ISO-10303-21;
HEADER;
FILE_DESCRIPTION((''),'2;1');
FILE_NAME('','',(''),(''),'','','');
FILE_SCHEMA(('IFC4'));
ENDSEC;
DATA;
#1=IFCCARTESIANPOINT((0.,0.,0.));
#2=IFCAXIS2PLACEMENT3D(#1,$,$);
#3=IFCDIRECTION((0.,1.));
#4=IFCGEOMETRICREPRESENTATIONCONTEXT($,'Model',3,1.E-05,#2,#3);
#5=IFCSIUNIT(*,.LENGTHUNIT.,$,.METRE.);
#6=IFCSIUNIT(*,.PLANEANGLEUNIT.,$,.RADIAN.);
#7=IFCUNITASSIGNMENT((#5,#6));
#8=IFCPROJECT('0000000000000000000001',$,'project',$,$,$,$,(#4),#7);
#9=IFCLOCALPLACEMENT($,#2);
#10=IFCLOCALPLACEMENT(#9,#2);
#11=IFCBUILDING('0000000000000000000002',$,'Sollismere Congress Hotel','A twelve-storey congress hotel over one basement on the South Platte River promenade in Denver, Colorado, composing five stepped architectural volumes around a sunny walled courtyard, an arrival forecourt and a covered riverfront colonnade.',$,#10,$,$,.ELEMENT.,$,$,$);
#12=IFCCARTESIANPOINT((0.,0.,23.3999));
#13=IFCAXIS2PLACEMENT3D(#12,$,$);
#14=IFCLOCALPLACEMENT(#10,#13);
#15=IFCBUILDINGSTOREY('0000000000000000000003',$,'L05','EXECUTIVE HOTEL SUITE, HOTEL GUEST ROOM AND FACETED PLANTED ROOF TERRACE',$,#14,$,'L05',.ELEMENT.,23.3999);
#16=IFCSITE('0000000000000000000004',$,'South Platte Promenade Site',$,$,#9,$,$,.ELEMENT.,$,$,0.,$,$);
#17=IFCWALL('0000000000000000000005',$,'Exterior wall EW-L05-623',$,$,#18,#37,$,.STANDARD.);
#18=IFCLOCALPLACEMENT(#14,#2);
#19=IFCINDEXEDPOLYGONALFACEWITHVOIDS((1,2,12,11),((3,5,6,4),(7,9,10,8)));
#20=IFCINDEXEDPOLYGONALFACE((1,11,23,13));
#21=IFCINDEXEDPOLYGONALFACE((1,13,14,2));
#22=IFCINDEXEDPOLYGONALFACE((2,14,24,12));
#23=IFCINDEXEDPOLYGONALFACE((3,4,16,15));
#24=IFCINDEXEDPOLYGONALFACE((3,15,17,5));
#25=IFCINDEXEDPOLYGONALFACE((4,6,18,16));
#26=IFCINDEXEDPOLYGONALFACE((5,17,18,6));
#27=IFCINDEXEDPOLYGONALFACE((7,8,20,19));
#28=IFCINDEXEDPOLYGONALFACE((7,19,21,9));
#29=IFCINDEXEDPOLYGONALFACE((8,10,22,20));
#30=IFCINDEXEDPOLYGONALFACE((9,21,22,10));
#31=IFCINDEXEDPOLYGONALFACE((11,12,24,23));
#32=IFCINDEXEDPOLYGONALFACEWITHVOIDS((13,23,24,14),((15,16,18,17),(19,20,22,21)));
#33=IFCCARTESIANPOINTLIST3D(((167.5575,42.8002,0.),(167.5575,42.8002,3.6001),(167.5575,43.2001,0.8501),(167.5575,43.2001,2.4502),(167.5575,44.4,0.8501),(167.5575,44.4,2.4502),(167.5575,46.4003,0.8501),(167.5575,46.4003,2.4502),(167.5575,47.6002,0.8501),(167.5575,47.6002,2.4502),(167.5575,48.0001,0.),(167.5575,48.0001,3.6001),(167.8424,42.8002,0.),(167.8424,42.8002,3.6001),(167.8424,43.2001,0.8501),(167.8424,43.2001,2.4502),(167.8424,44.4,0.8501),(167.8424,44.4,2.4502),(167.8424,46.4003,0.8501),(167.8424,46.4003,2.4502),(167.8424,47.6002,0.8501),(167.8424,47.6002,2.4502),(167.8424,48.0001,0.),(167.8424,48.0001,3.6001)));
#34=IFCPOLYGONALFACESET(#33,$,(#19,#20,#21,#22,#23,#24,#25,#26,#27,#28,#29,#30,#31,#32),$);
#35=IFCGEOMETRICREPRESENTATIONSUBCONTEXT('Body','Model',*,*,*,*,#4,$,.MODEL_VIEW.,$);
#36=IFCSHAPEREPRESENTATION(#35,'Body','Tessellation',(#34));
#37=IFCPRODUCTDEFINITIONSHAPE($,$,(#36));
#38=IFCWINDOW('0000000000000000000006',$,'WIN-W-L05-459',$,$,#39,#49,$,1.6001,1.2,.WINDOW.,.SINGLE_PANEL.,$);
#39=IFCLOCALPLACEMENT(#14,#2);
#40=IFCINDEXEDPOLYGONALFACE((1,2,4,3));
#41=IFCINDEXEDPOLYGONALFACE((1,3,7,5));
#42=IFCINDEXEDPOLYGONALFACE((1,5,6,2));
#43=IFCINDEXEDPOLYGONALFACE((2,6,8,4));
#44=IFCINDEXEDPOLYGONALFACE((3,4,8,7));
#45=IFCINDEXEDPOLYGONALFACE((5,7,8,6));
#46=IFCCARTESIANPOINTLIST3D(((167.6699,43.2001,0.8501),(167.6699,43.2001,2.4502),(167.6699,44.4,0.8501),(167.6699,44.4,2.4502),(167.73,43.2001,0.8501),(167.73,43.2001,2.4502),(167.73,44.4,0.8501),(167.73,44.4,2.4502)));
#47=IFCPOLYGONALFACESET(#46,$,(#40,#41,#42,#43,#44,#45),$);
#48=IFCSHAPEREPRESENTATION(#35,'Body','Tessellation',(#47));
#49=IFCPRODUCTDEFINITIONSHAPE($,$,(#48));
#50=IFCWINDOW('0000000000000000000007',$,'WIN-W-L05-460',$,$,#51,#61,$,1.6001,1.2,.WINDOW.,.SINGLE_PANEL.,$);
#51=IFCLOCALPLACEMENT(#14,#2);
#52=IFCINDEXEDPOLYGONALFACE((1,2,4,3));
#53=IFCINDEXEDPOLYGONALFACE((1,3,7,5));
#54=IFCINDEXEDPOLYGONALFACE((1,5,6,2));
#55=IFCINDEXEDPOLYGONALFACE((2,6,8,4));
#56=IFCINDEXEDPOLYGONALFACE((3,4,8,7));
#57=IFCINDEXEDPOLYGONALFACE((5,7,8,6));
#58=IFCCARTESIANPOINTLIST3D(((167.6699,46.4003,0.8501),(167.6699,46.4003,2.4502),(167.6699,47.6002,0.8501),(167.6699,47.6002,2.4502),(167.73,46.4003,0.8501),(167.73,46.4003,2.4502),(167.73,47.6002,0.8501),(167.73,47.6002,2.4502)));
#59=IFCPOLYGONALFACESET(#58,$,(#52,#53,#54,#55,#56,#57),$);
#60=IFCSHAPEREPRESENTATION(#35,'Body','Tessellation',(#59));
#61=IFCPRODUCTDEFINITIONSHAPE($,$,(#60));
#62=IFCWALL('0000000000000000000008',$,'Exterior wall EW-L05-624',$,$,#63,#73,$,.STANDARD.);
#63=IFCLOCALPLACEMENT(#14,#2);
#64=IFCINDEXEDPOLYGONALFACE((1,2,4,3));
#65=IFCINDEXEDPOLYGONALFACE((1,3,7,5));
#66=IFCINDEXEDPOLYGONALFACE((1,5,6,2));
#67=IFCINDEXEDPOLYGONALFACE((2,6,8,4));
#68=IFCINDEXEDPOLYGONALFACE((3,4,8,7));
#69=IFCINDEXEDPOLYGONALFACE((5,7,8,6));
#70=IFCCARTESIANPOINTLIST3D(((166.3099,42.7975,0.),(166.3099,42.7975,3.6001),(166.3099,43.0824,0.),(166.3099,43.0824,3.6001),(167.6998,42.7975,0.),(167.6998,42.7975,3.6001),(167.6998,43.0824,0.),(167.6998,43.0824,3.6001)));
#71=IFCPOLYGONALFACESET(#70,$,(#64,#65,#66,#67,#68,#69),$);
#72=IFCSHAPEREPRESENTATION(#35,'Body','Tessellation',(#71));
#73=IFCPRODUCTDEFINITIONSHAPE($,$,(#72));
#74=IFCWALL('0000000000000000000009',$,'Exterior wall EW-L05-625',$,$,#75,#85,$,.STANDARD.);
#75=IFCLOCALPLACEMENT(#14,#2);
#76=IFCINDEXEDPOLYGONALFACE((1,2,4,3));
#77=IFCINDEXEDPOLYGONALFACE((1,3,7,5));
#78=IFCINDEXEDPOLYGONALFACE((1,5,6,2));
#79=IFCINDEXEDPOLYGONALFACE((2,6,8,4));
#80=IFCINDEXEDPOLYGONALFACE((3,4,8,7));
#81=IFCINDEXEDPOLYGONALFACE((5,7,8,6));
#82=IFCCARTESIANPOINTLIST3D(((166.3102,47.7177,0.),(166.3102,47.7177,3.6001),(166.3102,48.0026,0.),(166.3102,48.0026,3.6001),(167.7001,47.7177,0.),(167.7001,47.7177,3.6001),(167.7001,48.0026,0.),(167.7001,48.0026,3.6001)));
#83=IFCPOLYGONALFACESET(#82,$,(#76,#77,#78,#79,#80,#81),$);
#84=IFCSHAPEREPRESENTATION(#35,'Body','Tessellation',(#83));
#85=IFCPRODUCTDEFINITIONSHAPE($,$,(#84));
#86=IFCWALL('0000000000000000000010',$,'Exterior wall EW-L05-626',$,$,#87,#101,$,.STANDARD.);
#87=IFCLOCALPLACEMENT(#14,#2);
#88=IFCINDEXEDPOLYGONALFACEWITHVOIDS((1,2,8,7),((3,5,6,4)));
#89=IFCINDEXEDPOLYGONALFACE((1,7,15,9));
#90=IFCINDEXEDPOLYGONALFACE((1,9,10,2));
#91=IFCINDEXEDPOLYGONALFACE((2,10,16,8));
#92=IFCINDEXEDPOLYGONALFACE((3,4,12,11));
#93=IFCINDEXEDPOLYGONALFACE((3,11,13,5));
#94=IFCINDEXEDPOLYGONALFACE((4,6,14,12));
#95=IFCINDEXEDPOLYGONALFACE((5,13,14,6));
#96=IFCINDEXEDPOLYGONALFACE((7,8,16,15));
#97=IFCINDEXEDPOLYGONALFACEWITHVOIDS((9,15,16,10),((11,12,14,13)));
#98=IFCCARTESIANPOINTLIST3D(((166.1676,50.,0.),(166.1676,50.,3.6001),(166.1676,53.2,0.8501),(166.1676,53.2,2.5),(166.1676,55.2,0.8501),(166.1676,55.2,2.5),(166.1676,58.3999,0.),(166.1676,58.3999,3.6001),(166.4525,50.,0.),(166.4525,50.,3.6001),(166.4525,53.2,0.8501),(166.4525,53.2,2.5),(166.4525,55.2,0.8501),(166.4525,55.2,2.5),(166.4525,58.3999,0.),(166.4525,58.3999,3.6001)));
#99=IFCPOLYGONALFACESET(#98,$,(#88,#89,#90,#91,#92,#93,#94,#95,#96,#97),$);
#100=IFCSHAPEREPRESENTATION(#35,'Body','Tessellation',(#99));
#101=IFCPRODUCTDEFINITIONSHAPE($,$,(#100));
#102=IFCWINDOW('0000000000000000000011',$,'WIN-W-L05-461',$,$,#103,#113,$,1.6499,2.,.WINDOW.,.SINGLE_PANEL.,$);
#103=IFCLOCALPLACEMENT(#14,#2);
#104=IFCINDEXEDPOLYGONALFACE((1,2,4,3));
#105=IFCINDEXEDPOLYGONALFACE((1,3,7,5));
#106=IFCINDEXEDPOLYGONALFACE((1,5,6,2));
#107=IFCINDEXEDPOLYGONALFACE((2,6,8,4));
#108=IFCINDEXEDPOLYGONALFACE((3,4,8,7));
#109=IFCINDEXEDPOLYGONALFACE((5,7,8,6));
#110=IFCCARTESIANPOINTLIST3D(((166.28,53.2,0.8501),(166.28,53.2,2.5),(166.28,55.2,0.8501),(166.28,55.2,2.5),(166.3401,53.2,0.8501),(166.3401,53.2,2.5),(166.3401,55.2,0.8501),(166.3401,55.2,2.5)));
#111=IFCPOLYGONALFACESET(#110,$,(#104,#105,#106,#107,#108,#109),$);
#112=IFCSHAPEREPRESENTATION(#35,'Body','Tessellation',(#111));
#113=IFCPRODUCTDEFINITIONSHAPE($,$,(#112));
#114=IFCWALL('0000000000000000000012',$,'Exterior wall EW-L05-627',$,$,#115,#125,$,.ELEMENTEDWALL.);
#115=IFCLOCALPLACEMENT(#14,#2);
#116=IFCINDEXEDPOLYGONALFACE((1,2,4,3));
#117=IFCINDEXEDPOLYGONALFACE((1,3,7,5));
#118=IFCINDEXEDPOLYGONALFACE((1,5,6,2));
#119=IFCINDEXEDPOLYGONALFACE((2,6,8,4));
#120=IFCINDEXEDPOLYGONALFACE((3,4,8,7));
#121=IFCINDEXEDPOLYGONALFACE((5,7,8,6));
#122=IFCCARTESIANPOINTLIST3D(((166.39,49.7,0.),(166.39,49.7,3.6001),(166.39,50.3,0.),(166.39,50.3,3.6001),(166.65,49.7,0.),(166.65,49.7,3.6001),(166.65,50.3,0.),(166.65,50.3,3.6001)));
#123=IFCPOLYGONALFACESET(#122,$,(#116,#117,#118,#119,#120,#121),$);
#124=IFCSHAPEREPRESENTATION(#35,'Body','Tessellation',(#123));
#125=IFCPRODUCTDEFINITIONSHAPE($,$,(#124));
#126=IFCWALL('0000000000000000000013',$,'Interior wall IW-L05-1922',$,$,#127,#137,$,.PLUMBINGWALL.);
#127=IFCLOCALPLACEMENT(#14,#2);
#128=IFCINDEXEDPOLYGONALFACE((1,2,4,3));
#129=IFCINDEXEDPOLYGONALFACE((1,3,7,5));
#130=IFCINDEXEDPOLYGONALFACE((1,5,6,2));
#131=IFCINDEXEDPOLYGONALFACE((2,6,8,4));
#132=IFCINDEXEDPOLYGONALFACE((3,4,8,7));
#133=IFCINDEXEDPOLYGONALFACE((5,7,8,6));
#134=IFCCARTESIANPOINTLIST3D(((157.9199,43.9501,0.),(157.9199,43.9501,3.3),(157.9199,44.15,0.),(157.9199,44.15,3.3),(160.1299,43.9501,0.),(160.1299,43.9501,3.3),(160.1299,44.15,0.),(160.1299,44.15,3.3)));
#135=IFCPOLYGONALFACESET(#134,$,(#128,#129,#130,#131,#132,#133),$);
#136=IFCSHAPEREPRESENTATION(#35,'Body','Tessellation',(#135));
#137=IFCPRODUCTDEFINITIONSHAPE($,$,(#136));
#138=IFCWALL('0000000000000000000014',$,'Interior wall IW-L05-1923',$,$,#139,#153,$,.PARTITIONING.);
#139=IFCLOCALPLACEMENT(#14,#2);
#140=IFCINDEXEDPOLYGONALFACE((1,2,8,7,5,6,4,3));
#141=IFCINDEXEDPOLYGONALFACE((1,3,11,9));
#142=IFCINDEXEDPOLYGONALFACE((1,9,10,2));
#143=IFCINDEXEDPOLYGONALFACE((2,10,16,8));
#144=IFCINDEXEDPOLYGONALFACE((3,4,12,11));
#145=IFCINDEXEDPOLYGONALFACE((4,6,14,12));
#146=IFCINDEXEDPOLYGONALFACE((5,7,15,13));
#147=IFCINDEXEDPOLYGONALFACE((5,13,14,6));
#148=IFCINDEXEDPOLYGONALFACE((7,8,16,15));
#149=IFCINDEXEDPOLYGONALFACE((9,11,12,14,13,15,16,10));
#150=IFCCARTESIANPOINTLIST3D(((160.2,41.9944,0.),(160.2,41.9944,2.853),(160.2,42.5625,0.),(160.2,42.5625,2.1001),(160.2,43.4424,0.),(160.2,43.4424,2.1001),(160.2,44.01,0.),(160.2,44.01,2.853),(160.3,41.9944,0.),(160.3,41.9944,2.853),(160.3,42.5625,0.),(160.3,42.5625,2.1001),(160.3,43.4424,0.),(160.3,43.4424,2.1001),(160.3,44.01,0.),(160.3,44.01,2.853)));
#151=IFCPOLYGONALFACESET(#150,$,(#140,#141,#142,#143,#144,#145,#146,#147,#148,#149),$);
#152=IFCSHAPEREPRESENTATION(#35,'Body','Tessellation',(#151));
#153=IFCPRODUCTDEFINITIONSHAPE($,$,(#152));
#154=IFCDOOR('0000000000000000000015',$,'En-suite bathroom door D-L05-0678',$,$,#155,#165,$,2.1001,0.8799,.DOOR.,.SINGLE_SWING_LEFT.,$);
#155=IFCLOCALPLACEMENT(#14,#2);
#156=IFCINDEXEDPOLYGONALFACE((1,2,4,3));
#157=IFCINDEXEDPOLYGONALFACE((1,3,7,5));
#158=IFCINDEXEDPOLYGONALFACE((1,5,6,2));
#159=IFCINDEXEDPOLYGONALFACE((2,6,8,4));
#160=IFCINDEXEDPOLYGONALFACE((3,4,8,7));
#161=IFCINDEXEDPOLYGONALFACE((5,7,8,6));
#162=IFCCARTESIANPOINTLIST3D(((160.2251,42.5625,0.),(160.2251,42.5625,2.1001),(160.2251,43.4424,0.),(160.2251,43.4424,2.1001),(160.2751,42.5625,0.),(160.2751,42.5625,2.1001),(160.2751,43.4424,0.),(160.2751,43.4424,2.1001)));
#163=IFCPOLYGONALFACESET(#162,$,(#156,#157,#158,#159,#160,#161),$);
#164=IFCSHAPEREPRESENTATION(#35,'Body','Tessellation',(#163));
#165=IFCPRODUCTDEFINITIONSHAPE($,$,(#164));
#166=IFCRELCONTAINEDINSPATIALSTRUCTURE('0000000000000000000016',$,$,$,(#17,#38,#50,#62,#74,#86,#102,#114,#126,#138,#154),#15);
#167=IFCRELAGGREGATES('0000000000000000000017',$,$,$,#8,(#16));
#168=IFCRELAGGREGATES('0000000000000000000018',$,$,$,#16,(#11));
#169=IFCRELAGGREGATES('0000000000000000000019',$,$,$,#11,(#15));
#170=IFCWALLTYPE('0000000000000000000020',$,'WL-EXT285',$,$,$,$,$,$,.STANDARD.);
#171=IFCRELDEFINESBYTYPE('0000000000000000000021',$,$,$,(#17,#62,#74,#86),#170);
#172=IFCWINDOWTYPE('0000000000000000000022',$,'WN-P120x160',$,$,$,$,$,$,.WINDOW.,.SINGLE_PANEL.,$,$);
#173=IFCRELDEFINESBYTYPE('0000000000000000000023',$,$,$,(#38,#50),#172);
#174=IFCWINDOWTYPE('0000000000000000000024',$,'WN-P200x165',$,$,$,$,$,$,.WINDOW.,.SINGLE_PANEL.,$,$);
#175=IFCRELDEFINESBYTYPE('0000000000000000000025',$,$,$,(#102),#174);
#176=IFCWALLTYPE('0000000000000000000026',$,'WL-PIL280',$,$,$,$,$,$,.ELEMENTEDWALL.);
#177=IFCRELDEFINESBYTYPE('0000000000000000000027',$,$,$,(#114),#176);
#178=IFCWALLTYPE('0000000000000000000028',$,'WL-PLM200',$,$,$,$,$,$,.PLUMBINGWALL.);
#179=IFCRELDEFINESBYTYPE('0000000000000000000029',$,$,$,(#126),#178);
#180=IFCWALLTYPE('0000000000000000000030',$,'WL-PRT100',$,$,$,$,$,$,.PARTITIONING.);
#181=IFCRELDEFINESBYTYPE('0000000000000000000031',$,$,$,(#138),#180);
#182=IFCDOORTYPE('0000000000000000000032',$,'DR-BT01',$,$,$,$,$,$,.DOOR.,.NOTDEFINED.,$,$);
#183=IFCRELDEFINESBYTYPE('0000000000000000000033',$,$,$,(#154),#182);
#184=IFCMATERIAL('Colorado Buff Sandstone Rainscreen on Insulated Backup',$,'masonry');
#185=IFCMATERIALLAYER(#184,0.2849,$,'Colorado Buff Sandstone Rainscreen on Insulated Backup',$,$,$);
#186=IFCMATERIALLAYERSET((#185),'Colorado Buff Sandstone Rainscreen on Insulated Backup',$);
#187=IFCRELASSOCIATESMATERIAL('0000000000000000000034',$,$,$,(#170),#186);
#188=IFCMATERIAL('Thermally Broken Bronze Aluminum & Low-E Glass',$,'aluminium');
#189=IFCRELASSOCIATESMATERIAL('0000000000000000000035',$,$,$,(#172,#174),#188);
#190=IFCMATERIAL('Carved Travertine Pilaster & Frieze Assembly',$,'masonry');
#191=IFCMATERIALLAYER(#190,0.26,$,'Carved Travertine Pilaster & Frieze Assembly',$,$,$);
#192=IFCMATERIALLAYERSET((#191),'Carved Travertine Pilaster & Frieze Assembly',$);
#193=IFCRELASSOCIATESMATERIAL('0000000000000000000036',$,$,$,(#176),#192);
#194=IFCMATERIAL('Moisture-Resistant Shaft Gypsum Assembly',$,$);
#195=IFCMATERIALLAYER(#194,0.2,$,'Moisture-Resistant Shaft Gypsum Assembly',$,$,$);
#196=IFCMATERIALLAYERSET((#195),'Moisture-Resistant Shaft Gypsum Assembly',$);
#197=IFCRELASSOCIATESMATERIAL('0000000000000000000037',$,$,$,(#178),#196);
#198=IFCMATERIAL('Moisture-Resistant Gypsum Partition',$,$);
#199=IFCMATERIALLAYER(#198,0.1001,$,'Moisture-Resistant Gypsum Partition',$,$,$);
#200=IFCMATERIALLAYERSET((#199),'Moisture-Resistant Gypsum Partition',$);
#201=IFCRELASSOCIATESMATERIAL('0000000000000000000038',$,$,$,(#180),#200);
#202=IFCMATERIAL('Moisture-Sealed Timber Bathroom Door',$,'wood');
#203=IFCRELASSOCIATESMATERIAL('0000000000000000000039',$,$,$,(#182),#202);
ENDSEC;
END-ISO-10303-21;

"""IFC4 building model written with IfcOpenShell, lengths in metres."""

from ifc_helpers import new_model, si_unit, direction, frame, frame_2d, origin, place, context, subcontext, project, spatial, rectangle, extrude, material, layer, layer_set, type_object, element, fill, save


model = new_model("IFC4")

# Units and contexts
model_context = context("Model", 3, precision=1e-05, world=origin(), true_north=direction((0.0, 1.0)))
body_context = subcontext(model_context, "Body", "Model", "MODEL_VIEW")
ifc_project = project(units=[si_unit("LENGTHUNIT", "METRE"), si_unit("PLANEANGLEUNIT", "RADIAN")], contexts=[model_context])

# Site, building, storey
site_placement = place(None, origin())
site = spatial("IfcSite", under=ifc_project, at=site_placement, Name="South Platte Promenade Site", CompositionType="ELEMENT", RefElevation=0.0)
building_placement = place(site_placement, origin())
building = spatial("IfcBuilding", under=site, at=building_placement, Name="Sollismere Congress Hotel", Description="A twelve-storey congress hotel over one basement on the South Platte River promenade in Denver, Colorado, composing five stepped architectural volumes around a sunny walled courtyard, an arrival forecourt and a covered riverfront colonnade.", CompositionType="ELEMENT")
storey_placement = place(building_placement, frame((0.0, 0.0, 23.3999)))
storey = spatial("IfcBuildingStorey", under=building, at=storey_placement, Name="L05", Description="EXECUTIVE HOTEL SUITE, HOTEL GUEST ROOM AND FACETED PLANTED ROOF TERRACE", LongName="L05", CompositionType="ELEMENT", Elevation=23.3999)

# Shared definitions
ifc_material_1 = material(Name="Colorado Buff Sandstone Rainscreen on Insulated Backup", Category="masonry")
ifc_layer_1 = layer(ifc_material_1, 0.2849, Name="Colorado Buff Sandstone Rainscreen on Insulated Backup")
ifc_layer_set_1 = layer_set([ifc_layer_1], Name="Colorado Buff Sandstone Rainscreen on Insulated Backup")
wall_type_1 = type_object("IfcWallType", Name="WL-EXT285", PredefinedType="STANDARD", material=ifc_layer_set_1)

# Wall, openings, windows
wall_1_placement = place(storey_placement, frame((167.7, 42.8, 0.0), z_axis=(0.0, 0.0, 1.0), x_axis=(0.0, 1.0, 0.0)))
wall_1 = element("IfcWall", 1, at=wall_1_placement, inside=storey, type_object=wall_type_1, Name="Exterior wall EW-L05-623", PredefinedType="STANDARD", context=body_context, shape_type="SweptSolid", body=[
    extrude(rectangle(XDim=5.2, YDim=0.2849, at=frame_2d((2.6001, 0.0))), origin(), (0.0, 0.0, 1.0), 3.6001),
])
opening_1_placement = place(wall_1_placement, frame((0.3999, 0.0, 0.8501)))
opening_1 = element("IfcOpeningElement", 2, at=opening_1_placement, cuts=wall_1, PredefinedType="OPENING", context=body_context, shape_type="SweptSolid", body=[
    extrude(rectangle(XDim=1.2, YDim=1.6001, at=frame_2d((0.6001, 0.8))), frame((0.0, 0.1523, 0.0), z_axis=(0.0, -1.0, 0.0), x_axis=(1.0, 0.0, 0.0)), (0.0, 0.0, 1.0), 0.3049),
])
opening_2_placement = place(wall_1_placement, frame((3.6001, 0.0, 0.8501)))
opening_2 = element("IfcOpeningElement", 3, at=opening_2_placement, cuts=wall_1, PredefinedType="OPENING", context=body_context, shape_type="SweptSolid", body=[
    extrude(rectangle(XDim=1.2, YDim=1.6001, at=frame_2d((0.6001, 0.8))), frame((0.0, 0.1523, 0.0), z_axis=(0.0, -1.0, 0.0), x_axis=(1.0, 0.0, 0.0)), (0.0, 0.0, 1.0), 0.3049),
])
ifc_material_2 = material(Name="Thermally Broken Bronze Aluminum & Low-E Glass", Category="aluminium")
window_type_1 = type_object("IfcWindowType", Name="WN-P120x160", PartitioningType="SINGLE_PANEL", PredefinedType="WINDOW", material=ifc_material_2)
window_1_placement = place(opening_1_placement, origin())
window_1 = element("IfcWindow", 4, at=window_1_placement, inside=storey, type_object=window_type_1, Name="WIN-W-L05-459", OverallHeight=1.6001, OverallWidth=1.2, PartitioningType="SINGLE_PANEL", PredefinedType="WINDOW", context=body_context, shape_type="SweptSolid", body=[
    extrude(rectangle(XDim=1.2, YDim=1.6001, at=frame_2d((0.6001, 0.8))), frame((0.0, 0.03, 0.0), z_axis=(0.0, -1.0, 0.0), x_axis=(1.0, 0.0, 0.0)), (0.0, 0.0, 1.0), 0.0601),
])
fill(opening_1, window_1)
window_2_placement = place(opening_2_placement, origin())
window_2 = element("IfcWindow", 5, at=window_2_placement, inside=storey, type_object=window_type_1, Name="WIN-W-L05-460", OverallHeight=1.6001, OverallWidth=1.2, PartitioningType="SINGLE_PANEL", PredefinedType="WINDOW", context=body_context, shape_type="SweptSolid", body=[
    extrude(rectangle(XDim=1.2, YDim=1.6001, at=frame_2d((0.6001, 0.8))), frame((0.0, 0.03, 0.0), z_axis=(0.0, -1.0, 0.0), x_axis=(1.0, 0.0, 0.0)), (0.0, 0.0, 1.0), 0.0601),
])
fill(opening_2, window_2)

# Walls
for number, where, z_axis, x_axis, name in (
    (6, (166.3101, 42.9399, 0.0), (0.0, 0.0, 1.0), (1.0, 0.0, 0.0), "Exterior wall EW-L05-624"),
    (7, (167.7, 47.8601, 0.0), (0.0, 0.0, 1.0), (-1.0, 0.0, 0.0), "Exterior wall EW-L05-625"),
):
    element("IfcWall", number, at=place(storey_placement, frame(where, z_axis=z_axis, x_axis=x_axis)), inside=storey, type_object=wall_type_1, Name=name, PredefinedType="STANDARD", context=body_context, shape_type="SweptSolid", body=[
        extrude(rectangle(XDim=1.3899, YDim=0.2849, at=frame_2d((0.6948, 0.0))), origin(), (0.0, 0.0, 1.0), 3.6001),
    ])

# Wall, opening, window
wall_2_placement = place(storey_placement, frame((166.3101, 50.0, 0.0), z_axis=(0.0, 0.0, 1.0), x_axis=(0.0, 1.0, 0.0)))
wall_2 = element("IfcWall", 8, at=wall_2_placement, inside=storey, type_object=wall_type_1, Name="Exterior wall EW-L05-626", PredefinedType="STANDARD", context=body_context, shape_type="SweptSolid", body=[
    extrude(rectangle(XDim=8.3999, YDim=0.2849, at=frame_2d((4.2, 0.0))), origin(), (0.0, 0.0, 1.0), 3.6001),
])
opening_3_placement = place(wall_2_placement, frame((3.2, 0.0, 0.8501)))
opening_3 = element("IfcOpeningElement", 9, at=opening_3_placement, cuts=wall_2, PredefinedType="OPENING", context=body_context, shape_type="SweptSolid", body=[
    extrude(rectangle(XDim=2.0, YDim=1.6499, at=frame_2d((1.0, 0.825))), frame((0.0, 0.1523, 0.0), z_axis=(0.0, -1.0, 0.0), x_axis=(1.0, 0.0, 0.0)), (0.0, 0.0, 1.0), 0.3049),
])
window_type_2 = type_object("IfcWindowType", Name="WN-P200x165", PartitioningType="SINGLE_PANEL", PredefinedType="WINDOW", material=ifc_material_2)
window_3_placement = place(opening_3_placement, origin())
window_3 = element("IfcWindow", 10, at=window_3_placement, inside=storey, type_object=window_type_2, Name="WIN-W-L05-461", OverallHeight=1.6499, OverallWidth=2.0, PartitioningType="SINGLE_PANEL", PredefinedType="WINDOW", context=body_context, shape_type="SweptSolid", body=[
    extrude(rectangle(XDim=2.0, YDim=1.6499, at=frame_2d((1.0, 0.825))), frame((0.0, 0.03, 0.0), z_axis=(0.0, -1.0, 0.0), x_axis=(1.0, 0.0, 0.0)), (0.0, 0.0, 1.0), 0.0601),
])
fill(opening_3, window_3)

# Walls
ifc_material_3 = material(Name="Carved Travertine Pilaster & Frieze Assembly", Category="masonry")
ifc_layer_2 = layer(ifc_material_3, 0.26, Name="Carved Travertine Pilaster & Frieze Assembly")
ifc_layer_set_2 = layer_set([ifc_layer_2], Name="Carved Travertine Pilaster & Frieze Assembly")
wall_type_2 = type_object("IfcWallType", Name="WL-PIL280", PredefinedType="ELEMENTEDWALL", material=ifc_layer_set_2)
wall_3_placement = place(storey_placement, frame((166.52, 49.7, 0.0), z_axis=(0.0, 0.0, 1.0), x_axis=(0.0, 1.0, 0.0)))
element("IfcWall", 11, at=wall_3_placement, inside=storey, type_object=wall_type_2, Name="Exterior wall EW-L05-627", PredefinedType="ELEMENTEDWALL", context=body_context, shape_type="SweptSolid", body=[
    extrude(rectangle(XDim=0.6001, YDim=0.26, at=frame_2d((0.3, 0.0))), origin(), (0.0, 0.0, 1.0), 3.6001),
])
ifc_material_4 = material(Name="Moisture-Resistant Shaft Gypsum Assembly")
ifc_layer_3 = layer(ifc_material_4, 0.2, Name="Moisture-Resistant Shaft Gypsum Assembly")
ifc_layer_set_3 = layer_set([ifc_layer_3], Name="Moisture-Resistant Shaft Gypsum Assembly")
wall_type_3 = type_object("IfcWallType", Name="WL-PLM200", PredefinedType="PLUMBINGWALL", material=ifc_layer_set_3)
wall_4_placement = place(storey_placement, frame((157.9199, 44.05, 0.0), z_axis=(0.0, 0.0, 1.0), x_axis=(1.0, 0.0, 0.0)))
element("IfcWall", 12, at=wall_4_placement, inside=storey, type_object=wall_type_3, Name="Interior wall IW-L05-1922", PredefinedType="PLUMBINGWALL", context=body_context, shape_type="SweptSolid", body=[
    extrude(rectangle(XDim=2.21, YDim=0.2, at=frame_2d((1.105, 0.0))), origin(), (0.0, 0.0, 1.0), 3.3),
])

# Wall, opening, door
ifc_material_5 = material(Name="Moisture-Resistant Gypsum Partition")
ifc_layer_4 = layer(ifc_material_5, 0.1001, Name="Moisture-Resistant Gypsum Partition")
ifc_layer_set_4 = layer_set([ifc_layer_4], Name="Moisture-Resistant Gypsum Partition")
wall_type_4 = type_object("IfcWallType", Name="WL-PRT100", PredefinedType="PARTITIONING", material=ifc_layer_set_4)
wall_5_placement = place(storey_placement, frame((160.25, 41.9944, 0.0), z_axis=(0.0, 0.0, 1.0), x_axis=(0.0, 1.0, 0.0)))
wall_5 = element("IfcWall", 13, at=wall_5_placement, inside=storey, type_object=wall_type_4, Name="Interior wall IW-L05-1923", PredefinedType="PARTITIONING", context=body_context, shape_type="SweptSolid", body=[
    extrude(rectangle(XDim=2.0156, YDim=0.1001, at=frame_2d((1.0078, 0.0))), origin(), (0.0, 0.0, 1.0), 2.853),
])
opening_4_placement = place(wall_5_placement, frame((0.5681, 0.0, 0.0)))
opening_4 = element("IfcOpeningElement", 14, at=opening_4_placement, cuts=wall_5, PredefinedType="OPENING", context=body_context, shape_type="SweptSolid", body=[
    extrude(rectangle(XDim=0.8799, YDim=2.1001, at=frame_2d((0.4399, 1.05))), frame((0.0, 0.0601, 0.0), z_axis=(0.0, -1.0, 0.0), x_axis=(1.0, 0.0, 0.0)), (0.0, 0.0, 1.0), 0.1201),
])
ifc_material_6 = material(Name="Moisture-Sealed Timber Bathroom Door", Category="wood")
door_type_1 = type_object("IfcDoorType", Name="DR-BT01", OperationType="NOTDEFINED", PredefinedType="DOOR", material=ifc_material_6)
door_1_placement = place(opening_4_placement, origin())
door_1 = element("IfcDoor", 15, at=door_1_placement, inside=storey, type_object=door_type_1, Name="En-suite bathroom door D-L05-0678", OperationType="SINGLE_SWING_LEFT", OverallHeight=2.1001, OverallWidth=0.8799, PredefinedType="DOOR", context=body_context, shape_type="SweptSolid", body=[
    extrude(rectangle(XDim=0.8799, YDim=2.1001, at=frame_2d((0.4399, 1.05))), frame((0.0, 0.0249, 0.0), z_axis=(0.0, -1.0, 0.0), x_axis=(1.0, 0.0, 0.0)), (0.0, 0.0, 1.0), 0.05),
])
fill(opening_4, door_1)

save(model, "model.ifc")
